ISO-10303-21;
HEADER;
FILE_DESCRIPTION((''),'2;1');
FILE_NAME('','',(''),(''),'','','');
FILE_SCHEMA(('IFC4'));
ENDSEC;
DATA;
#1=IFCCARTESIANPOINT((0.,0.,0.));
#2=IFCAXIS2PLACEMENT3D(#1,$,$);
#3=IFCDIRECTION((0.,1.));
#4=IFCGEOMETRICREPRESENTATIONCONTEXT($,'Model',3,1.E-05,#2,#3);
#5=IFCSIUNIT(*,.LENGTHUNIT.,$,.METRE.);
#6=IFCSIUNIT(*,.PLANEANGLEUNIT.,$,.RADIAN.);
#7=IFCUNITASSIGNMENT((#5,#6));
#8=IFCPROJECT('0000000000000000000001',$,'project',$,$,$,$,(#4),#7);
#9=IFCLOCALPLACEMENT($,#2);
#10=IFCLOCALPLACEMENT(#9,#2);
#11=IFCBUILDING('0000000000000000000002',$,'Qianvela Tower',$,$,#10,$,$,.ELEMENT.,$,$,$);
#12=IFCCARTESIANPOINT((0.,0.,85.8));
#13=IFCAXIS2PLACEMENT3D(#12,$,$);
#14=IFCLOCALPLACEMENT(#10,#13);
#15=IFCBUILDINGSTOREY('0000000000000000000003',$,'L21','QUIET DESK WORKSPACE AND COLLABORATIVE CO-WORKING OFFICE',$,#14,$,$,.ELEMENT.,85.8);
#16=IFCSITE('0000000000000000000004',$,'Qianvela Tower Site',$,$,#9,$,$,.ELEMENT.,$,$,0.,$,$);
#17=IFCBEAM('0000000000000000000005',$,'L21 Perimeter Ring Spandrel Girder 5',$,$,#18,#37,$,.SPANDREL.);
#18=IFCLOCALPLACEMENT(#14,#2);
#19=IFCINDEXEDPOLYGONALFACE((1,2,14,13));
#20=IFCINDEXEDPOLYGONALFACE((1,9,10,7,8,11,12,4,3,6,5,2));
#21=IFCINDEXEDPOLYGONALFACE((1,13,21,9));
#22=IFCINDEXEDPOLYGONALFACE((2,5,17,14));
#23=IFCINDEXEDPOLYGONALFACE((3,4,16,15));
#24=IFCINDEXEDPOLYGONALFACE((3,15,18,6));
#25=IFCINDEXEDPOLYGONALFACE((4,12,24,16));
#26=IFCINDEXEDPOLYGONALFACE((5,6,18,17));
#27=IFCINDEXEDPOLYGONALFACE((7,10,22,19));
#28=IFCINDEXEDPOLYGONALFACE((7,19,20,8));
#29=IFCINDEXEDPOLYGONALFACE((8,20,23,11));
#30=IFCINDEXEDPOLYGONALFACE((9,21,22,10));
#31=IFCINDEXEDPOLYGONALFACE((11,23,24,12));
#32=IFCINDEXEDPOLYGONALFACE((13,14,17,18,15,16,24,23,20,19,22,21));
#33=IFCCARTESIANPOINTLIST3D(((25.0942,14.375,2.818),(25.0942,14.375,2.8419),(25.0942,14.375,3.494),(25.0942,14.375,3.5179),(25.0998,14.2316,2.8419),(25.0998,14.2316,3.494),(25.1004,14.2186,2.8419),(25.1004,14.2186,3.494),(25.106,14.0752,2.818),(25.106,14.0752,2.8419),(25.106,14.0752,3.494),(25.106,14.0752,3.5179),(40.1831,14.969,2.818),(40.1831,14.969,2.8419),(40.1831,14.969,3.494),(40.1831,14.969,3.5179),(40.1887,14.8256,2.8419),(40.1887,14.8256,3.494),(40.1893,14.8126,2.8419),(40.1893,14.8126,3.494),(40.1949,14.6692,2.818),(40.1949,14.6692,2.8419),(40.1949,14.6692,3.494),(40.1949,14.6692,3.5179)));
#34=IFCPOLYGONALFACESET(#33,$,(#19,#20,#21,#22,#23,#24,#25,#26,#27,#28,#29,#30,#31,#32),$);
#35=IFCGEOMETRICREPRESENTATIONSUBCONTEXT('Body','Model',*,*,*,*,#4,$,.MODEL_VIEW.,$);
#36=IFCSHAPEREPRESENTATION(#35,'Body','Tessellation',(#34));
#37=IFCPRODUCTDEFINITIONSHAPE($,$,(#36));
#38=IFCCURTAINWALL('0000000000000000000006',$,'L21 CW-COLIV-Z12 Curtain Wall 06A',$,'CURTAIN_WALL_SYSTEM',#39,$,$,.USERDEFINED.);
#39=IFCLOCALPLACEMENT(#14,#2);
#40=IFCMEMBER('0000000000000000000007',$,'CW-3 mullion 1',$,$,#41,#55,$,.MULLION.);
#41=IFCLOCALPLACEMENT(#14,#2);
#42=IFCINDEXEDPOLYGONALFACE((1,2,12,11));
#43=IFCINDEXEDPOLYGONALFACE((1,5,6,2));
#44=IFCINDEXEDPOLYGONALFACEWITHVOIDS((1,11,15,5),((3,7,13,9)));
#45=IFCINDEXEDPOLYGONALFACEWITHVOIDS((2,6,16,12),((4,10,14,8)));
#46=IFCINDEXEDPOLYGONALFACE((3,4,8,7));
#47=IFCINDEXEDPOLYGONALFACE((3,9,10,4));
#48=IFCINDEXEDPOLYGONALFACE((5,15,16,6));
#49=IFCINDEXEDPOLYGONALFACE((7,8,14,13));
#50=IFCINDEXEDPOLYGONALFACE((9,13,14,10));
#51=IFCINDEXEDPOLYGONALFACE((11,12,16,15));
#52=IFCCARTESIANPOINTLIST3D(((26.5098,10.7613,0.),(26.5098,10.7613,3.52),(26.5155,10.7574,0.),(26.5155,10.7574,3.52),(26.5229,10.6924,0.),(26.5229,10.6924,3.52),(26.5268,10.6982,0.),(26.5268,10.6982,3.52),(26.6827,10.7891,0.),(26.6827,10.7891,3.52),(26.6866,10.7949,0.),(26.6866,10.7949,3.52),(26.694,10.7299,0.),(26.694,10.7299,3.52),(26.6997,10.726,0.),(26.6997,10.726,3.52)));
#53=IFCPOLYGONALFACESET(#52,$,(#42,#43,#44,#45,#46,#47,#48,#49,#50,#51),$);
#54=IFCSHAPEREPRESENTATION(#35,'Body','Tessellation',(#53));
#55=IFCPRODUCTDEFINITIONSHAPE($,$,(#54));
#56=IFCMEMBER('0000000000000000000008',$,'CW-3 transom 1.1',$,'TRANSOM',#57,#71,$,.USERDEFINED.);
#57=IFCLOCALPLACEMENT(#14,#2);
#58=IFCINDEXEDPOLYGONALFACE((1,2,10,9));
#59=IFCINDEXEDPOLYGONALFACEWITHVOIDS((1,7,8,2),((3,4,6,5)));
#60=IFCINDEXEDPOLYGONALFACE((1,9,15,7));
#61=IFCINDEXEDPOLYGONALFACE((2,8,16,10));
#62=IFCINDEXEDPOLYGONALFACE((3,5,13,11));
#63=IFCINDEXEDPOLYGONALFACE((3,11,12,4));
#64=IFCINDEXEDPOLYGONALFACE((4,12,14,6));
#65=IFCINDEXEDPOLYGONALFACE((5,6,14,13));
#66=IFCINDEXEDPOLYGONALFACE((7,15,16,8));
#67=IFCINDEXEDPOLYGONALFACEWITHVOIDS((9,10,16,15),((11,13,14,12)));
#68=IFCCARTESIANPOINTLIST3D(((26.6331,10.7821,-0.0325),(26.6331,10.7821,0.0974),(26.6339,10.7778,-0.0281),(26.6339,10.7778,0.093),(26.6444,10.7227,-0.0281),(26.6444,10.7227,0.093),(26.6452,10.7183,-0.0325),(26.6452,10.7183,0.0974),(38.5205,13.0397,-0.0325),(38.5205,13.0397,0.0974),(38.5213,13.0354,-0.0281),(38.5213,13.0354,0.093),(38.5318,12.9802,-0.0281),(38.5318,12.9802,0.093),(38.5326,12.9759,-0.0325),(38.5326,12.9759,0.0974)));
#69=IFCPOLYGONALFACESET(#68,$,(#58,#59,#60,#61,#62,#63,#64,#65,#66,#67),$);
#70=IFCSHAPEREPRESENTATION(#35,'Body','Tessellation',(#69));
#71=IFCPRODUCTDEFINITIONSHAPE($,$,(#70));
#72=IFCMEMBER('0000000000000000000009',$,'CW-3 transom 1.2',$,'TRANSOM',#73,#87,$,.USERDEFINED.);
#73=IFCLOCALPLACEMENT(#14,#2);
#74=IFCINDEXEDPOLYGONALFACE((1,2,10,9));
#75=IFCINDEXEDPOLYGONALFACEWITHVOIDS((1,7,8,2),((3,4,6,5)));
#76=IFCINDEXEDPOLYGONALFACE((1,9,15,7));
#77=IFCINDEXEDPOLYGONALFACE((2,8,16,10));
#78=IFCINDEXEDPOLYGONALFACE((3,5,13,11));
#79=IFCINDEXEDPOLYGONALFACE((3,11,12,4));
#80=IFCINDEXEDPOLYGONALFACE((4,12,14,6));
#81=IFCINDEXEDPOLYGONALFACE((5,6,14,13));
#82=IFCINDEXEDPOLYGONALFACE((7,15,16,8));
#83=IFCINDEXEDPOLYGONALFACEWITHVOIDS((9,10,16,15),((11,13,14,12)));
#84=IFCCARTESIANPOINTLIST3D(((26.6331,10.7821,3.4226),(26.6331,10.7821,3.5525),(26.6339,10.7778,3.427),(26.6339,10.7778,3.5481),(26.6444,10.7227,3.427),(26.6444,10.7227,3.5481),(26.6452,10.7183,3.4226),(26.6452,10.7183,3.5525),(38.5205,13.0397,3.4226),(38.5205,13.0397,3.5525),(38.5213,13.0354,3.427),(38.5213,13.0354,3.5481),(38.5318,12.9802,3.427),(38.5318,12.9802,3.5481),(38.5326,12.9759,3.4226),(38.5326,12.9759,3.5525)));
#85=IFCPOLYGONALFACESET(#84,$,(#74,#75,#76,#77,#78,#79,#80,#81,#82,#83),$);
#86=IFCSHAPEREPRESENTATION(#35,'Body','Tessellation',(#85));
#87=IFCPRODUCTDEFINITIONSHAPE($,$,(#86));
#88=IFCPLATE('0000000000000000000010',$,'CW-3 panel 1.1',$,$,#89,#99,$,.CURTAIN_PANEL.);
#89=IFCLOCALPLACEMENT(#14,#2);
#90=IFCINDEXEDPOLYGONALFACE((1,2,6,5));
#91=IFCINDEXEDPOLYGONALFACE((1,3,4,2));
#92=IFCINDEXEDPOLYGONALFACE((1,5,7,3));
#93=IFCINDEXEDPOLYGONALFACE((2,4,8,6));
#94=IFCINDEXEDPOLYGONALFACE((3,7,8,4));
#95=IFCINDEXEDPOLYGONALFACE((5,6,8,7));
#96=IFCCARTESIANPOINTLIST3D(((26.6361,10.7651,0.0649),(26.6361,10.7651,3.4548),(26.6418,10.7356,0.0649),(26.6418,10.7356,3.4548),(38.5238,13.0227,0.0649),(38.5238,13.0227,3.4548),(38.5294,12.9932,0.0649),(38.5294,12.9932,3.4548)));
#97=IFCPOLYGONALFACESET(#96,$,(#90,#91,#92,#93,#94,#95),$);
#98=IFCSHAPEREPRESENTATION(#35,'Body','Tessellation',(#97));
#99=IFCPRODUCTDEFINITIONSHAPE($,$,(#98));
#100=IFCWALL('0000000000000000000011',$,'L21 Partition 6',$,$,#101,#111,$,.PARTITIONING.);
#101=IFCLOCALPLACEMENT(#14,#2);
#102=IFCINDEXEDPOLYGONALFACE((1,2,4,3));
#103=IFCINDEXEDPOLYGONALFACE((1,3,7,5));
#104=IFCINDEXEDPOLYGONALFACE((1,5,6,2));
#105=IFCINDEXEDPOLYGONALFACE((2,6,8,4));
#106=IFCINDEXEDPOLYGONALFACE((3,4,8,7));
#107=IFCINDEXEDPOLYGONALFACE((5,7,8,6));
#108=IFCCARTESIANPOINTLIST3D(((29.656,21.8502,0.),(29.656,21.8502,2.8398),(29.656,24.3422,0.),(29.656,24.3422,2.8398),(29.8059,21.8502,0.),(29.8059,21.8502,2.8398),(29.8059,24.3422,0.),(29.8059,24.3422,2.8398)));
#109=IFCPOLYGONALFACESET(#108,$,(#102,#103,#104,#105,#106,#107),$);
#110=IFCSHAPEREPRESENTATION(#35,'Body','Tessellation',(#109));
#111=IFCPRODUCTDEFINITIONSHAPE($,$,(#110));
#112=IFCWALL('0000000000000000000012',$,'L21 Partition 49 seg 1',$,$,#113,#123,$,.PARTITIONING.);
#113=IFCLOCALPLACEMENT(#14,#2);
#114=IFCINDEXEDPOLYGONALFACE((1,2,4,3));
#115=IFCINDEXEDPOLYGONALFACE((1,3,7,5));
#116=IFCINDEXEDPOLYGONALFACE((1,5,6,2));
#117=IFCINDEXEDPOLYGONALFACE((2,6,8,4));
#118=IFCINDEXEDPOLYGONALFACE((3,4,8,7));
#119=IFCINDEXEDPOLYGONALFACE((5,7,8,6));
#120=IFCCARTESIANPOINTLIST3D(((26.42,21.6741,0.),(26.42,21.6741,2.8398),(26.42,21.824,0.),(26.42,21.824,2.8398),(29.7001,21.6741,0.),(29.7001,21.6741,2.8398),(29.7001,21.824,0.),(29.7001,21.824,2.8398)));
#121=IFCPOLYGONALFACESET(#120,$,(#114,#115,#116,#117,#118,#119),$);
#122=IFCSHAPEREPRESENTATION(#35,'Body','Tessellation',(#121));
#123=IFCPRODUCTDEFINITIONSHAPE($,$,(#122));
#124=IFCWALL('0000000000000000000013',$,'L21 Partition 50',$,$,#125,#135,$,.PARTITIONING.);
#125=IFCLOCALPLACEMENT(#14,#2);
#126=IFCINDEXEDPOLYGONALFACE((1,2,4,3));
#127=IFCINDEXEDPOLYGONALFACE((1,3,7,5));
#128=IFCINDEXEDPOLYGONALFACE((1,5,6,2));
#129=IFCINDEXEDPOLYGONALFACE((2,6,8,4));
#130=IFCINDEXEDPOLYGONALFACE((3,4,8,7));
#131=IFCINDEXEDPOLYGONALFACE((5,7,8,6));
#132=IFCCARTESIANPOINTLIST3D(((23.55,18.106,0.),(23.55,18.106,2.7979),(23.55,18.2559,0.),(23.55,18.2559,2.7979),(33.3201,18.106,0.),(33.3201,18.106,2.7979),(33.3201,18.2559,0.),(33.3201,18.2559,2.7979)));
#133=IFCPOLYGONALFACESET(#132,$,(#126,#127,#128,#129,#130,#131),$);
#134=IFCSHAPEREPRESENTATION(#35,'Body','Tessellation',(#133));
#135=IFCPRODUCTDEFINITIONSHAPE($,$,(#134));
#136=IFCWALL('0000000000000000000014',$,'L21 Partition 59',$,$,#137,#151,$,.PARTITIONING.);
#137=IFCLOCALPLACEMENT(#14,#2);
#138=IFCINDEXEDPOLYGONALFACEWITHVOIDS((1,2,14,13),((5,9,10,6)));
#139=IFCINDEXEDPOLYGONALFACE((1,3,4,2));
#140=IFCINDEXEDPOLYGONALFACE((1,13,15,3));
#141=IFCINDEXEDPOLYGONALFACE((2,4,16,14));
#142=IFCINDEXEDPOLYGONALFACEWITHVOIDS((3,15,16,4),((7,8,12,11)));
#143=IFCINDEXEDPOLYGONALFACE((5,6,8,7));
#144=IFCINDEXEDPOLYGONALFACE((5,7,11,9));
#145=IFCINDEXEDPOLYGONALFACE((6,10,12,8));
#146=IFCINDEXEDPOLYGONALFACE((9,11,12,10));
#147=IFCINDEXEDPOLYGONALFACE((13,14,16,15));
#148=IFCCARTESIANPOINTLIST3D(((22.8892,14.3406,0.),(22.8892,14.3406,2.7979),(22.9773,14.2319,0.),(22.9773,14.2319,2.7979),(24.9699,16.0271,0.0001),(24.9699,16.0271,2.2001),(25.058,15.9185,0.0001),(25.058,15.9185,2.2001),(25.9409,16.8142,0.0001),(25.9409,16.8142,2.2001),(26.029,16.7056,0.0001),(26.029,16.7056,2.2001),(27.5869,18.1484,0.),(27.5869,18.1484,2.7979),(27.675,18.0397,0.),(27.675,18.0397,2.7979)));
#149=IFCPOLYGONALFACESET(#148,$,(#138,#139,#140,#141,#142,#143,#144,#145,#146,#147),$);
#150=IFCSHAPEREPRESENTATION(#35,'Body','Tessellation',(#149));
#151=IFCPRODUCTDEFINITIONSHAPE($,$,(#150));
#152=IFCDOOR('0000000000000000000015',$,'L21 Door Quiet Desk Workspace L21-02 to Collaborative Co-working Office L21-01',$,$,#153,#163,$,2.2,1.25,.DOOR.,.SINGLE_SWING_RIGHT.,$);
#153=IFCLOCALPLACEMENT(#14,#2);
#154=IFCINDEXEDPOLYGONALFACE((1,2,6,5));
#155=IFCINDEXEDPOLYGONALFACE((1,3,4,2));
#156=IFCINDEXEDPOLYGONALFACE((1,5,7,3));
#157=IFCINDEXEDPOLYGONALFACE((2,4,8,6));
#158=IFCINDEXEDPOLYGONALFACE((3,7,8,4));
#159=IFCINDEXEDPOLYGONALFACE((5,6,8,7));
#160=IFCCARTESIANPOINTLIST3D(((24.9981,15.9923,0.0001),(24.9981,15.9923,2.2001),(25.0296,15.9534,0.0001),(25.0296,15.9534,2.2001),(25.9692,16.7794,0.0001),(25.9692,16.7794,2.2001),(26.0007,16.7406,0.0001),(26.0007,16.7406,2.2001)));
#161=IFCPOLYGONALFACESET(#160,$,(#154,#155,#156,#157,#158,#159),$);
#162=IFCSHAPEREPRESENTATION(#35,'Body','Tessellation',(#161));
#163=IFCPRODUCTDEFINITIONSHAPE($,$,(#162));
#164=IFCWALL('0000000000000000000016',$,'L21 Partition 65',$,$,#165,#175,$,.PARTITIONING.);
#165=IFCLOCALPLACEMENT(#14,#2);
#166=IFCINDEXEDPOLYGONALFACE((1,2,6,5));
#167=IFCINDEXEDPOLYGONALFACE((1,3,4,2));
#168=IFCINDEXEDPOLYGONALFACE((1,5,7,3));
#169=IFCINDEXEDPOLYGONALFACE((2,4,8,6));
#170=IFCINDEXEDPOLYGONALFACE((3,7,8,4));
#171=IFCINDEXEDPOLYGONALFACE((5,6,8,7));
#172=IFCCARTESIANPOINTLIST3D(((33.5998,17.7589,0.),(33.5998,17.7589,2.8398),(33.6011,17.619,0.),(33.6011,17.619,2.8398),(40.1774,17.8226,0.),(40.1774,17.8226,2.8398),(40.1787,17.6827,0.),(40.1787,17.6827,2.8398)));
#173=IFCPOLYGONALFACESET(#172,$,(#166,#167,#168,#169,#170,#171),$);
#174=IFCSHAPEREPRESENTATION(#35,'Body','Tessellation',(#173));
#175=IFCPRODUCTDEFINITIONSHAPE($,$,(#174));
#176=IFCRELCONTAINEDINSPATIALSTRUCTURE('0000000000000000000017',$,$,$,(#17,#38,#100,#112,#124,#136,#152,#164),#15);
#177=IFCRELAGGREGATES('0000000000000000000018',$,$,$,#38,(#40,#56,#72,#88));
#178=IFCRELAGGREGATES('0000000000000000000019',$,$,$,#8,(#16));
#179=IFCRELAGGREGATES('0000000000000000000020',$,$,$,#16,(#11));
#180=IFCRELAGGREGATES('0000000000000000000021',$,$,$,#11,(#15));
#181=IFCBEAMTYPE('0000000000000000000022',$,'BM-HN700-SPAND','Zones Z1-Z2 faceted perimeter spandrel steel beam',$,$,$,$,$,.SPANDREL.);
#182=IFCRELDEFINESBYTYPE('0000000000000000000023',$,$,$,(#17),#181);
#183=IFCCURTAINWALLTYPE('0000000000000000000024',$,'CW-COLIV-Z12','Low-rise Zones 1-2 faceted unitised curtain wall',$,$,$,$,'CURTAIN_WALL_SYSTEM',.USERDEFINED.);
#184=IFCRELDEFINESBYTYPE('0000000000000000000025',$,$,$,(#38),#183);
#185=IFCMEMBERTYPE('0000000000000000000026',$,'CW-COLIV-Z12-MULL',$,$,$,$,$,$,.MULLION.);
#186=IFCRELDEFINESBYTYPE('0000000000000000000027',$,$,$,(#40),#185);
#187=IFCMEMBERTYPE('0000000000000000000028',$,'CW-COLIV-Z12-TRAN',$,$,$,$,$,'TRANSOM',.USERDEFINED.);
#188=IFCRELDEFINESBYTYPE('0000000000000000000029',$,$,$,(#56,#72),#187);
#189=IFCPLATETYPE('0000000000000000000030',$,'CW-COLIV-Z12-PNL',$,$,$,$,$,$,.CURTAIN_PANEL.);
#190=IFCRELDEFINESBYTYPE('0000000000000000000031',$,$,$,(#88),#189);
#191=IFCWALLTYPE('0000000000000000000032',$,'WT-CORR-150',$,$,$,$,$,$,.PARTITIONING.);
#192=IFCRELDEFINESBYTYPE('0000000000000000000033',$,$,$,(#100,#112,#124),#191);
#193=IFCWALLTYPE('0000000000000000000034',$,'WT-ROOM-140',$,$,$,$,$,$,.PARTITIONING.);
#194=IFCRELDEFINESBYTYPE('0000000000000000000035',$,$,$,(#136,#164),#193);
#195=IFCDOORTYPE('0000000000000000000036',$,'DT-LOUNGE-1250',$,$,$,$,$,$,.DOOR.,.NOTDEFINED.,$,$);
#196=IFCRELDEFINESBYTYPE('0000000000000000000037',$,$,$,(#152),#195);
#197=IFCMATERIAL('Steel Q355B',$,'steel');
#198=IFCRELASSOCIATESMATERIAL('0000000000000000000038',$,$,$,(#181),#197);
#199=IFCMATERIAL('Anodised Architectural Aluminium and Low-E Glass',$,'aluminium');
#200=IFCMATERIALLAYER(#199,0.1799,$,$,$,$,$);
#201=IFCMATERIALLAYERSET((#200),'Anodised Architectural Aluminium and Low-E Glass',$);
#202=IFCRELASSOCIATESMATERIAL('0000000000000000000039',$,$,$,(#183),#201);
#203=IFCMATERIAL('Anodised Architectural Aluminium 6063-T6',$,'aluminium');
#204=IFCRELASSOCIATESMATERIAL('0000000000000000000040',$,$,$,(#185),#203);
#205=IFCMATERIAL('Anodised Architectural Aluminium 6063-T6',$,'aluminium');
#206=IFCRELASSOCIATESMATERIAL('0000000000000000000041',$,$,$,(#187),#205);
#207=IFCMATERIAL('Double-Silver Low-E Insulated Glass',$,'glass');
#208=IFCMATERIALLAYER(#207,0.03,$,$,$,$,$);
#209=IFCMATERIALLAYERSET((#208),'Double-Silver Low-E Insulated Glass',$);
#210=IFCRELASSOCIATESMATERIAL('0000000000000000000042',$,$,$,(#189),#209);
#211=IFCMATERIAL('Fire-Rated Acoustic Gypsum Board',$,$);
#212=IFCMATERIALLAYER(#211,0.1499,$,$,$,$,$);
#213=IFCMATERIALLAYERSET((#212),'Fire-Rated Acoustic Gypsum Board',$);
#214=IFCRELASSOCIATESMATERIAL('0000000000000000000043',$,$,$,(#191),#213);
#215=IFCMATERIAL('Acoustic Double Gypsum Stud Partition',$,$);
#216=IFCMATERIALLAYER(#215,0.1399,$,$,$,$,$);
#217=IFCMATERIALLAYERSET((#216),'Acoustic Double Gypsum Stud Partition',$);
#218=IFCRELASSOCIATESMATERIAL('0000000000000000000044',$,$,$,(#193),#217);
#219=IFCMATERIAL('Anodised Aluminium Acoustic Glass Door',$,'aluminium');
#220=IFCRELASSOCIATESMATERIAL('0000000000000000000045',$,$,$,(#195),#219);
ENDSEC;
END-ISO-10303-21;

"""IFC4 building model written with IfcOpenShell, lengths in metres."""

from ifc_helpers import new_model, si_unit, direction, frame, frame_2d, origin, origin_2d, place, context, subcontext, project, spatial, rectangle, hollow_rectangle, i_section, extrude, material, layer, layer_set, material_profile, profile_set, type_object, element, fill, aggregate, save


model = new_model("IFC4")

# Units and contexts
model_context = context("Model", 3, precision=1e-05, world=origin(), true_north=direction((0.0, 1.0)))
body_context = subcontext(model_context, "Body", "Model", "MODEL_VIEW")
ifc_project = project(units=[si_unit("LENGTHUNIT", "METRE"), si_unit("PLANEANGLEUNIT", "RADIAN")], contexts=[model_context])

# Site, building, storey
site_placement = place(None, origin())
site = spatial("IfcSite", under=ifc_project, at=site_placement, Name="Qianvela Tower Site", CompositionType="ELEMENT", RefElevation=0.0)
building_placement = place(site_placement, origin())
building = spatial("IfcBuilding", under=site, at=building_placement, Name="Qianvela Tower", CompositionType="ELEMENT")
storey_placement = place(building_placement, frame((0.0, 0.0, 85.8)))
storey = spatial("IfcBuildingStorey", under=building, at=storey_placement, Name="L21", Description="QUIET DESK WORKSPACE AND COLLABORATIVE CO-WORKING OFFICE", CompositionType="ELEMENT", Elevation=85.8)

# Beam
ifc_material_1 = material(Name="Steel Q355B", Category="steel")
ifc_material_profile_1 = material_profile(ifc_material_1, i_section(OverallWidth=0.3, OverallDepth=0.7, WebThickness=0.0129, FlangeThickness=0.0239, at=origin_2d()), Name="HN700x300x13x24")
ifc_profile_set_1 = profile_set([ifc_material_profile_1], Name="Steel Q355B")
beam_type_1 = type_object("IfcBeamType", Name="BM-HN700-SPAND", Description="Zones Z1-Z2 faceted perimeter spandrel steel beam", PredefinedType="SPANDREL", material=ifc_profile_set_1)
beam_1_placement = place(storey_placement, frame((25.1001, 14.2251, 3.168), z_axis=(0.999226, 0.039336, 0.0), x_axis=(-0.039336, 0.999226, 0.0)))
element("IfcBeam", 1, at=beam_1_placement, inside=storey, type_object=beam_type_1, Name="L21 Perimeter Ring Spandrel Girder 5", PredefinedType="SPANDREL", context=body_context, shape_type="SweptSolid", body=[
    extrude(i_section(OverallWidth=0.3, OverallDepth=0.7, WebThickness=0.0129, FlangeThickness=0.0239, at=origin_2d()), origin(), (0.0, 0.0, 1.0), 15.1006),
])

# Curtain wall, members, plate
ifc_material_2 = material(Name="Anodised Architectural Aluminium and Low-E Glass", Category="aluminium")
ifc_layer_1 = layer(ifc_material_2, 0.1799)
ifc_layer_set_1 = layer_set([ifc_layer_1], Name="Anodised Architectural Aluminium and Low-E Glass")
curtain_wall_type = type_object("IfcCurtainWallType", Name="CW-COLIV-Z12", Description="Low-rise Zones 1-2 faceted unitised curtain wall", ElementType="CURTAIN_WALL_SYSTEM", PredefinedType="USERDEFINED", material=ifc_layer_set_1)
curtain_wall_placement = place(storey_placement, origin())
curtain_wall = element("IfcCurtainWall", 2, at=curtain_wall_placement, inside=storey, type_object=curtain_wall_type, Name="L21 CW-COLIV-Z12 Curtain Wall 06A", ObjectType="CURTAIN_WALL_SYSTEM", PredefinedType="USERDEFINED")
ifc_material_3 = material(Name="Anodised Architectural Aluminium 6063-T6", Category="aluminium")
ifc_material_profile_2 = material_profile(ifc_material_3, hollow_rectangle(XDim=0.0701, YDim=0.1799, WallThickness=0.0049, at=origin_2d()), Name="ALU-MULL-70x180")
ifc_profile_set_2 = profile_set([ifc_material_profile_2], Name="Anodised Architectural Aluminium 6063-T6")
member_type_1 = type_object("IfcMemberType", Name="CW-COLIV-Z12-MULL", PredefinedType="MULLION", material=ifc_profile_set_2)
member_1_placement = place(storey_placement, frame((26.6047, 10.7437, 0.0), z_axis=(0.0, 0.0, 1.0), x_axis=(-0.186576, 0.98244, 0.0)))
member_1 = element("IfcMember", 3, at=member_1_placement, type_object=member_type_1, Name="CW-3 mullion 1", PredefinedType="MULLION", context=body_context, shape_type="SweptSolid", body=[
    extrude(hollow_rectangle(XDim=0.0701, YDim=0.1799, WallThickness=0.0049, at=origin_2d()), origin(), (0.0, 0.0, 1.0), 3.52),
])
ifc_material_4 = material(Name="Anodised Architectural Aluminium 6063-T6", Category="aluminium")
ifc_material_profile_3 = material_profile(ifc_material_4, hollow_rectangle(XDim=0.0649, YDim=0.1299, WallThickness=0.0044, at=origin_2d()), Name="ALU-TRAN-65x130")
ifc_profile_set_3 = profile_set([ifc_material_profile_3], Name="Anodised Architectural Aluminium 6063-T6")
member_type_2 = type_object("IfcMemberType", Name="CW-COLIV-Z12-TRAN", ElementType="TRANSOM", PredefinedType="USERDEFINED", material=ifc_profile_set_3)
member_2_placement = place(storey_placement, frame((26.6392, 10.7502, 0.0325), z_axis=(0.98244, 0.186577, 0.0), x_axis=(-0.186577, 0.98244, 0.0)))
member_2 = element("IfcMember", 4, at=member_2_placement, type_object=member_type_2, Name="CW-3 transom 1.1", ObjectType="TRANSOM", PredefinedType="USERDEFINED", context=body_context, shape_type="SweptSolid", body=[
    extrude(hollow_rectangle(XDim=0.0649, YDim=0.1299, WallThickness=0.0044, at=origin_2d()), origin(), (0.0, 0.0, 1.0), 12.0999),
])
member_3_placement = place(storey_placement, frame((26.6392, 10.7502, 3.4875), z_axis=(0.98244, 0.186577, 0.0), x_axis=(-0.186577, 0.98244, 0.0)))
member_3 = element("IfcMember", 5, at=member_3_placement, type_object=member_type_2, Name="CW-3 transom 1.2", ObjectType="TRANSOM", PredefinedType="USERDEFINED", context=body_context, shape_type="SweptSolid", body=[
    extrude(hollow_rectangle(XDim=0.0649, YDim=0.1299, WallThickness=0.0044, at=origin_2d()), origin(), (0.0, 0.0, 1.0), 12.0999),
])
ifc_material_5 = material(Name="Double-Silver Low-E Insulated Glass", Category="glass")
ifc_layer_2 = layer(ifc_material_5, 0.03)
ifc_layer_set_2 = layer_set([ifc_layer_2], Name="Double-Silver Low-E Insulated Glass")
plate_type = type_object("IfcPlateType", Name="CW-COLIV-Z12-PNL", PredefinedType="CURTAIN_PANEL", material=ifc_layer_set_2)
plate_placement = place(storey_placement, frame((32.5828, 11.8792, 0.0649), z_axis=(0.0, 0.0, 1.0), x_axis=(0.98244, 0.186576, 0.0)))
plate = element("IfcPlate", 6, at=plate_placement, type_object=plate_type, Name="CW-3 panel 1.1", PredefinedType="CURTAIN_PANEL", context=body_context, shape_type="SweptSolid", body=[
    extrude(rectangle(XDim=12.1001, YDim=0.03, at=origin_2d()), origin(), (0.0, 0.0, 1.0), 3.3899),
])
aggregate(curtain_wall, [member_1, member_2, member_3, plate])

# Shared definitions
ifc_material_6 = material(Name="Fire-Rated Acoustic Gypsum Board")
ifc_layer_3 = layer(ifc_material_6, 0.1499)
ifc_layer_set_3 = layer_set([ifc_layer_3], Name="Fire-Rated Acoustic Gypsum Board")
wall_type_1 = type_object("IfcWallType", Name="WT-CORR-150", PredefinedType="PARTITIONING", material=ifc_layer_set_3)

# Walls
wall_1_placement = place(storey_placement, frame((29.731, 21.8501, 0.0), z_axis=(0.0, 0.0, 1.0), x_axis=(0.0, 1.0, 0.0)))
element("IfcWall", 7, at=wall_1_placement, inside=storey, type_object=wall_type_1, Name="L21 Partition 6", PredefinedType="PARTITIONING", context=body_context, shape_type="SweptSolid", body=[
    extrude(rectangle(XDim=2.4919, YDim=0.1499, at=frame_2d((1.2461, 0.0))), origin(), (0.0, 0.0, 1.0), 2.8398),
])
wall_2_placement = place(storey_placement, frame((26.4199, 21.749, 0.0), z_axis=(0.0, 0.0, 1.0), x_axis=(1.0, 0.0, 0.0)))
element("IfcWall", 8, at=wall_2_placement, inside=storey, type_object=wall_type_1, Name="L21 Partition 49 seg 1", PredefinedType="PARTITIONING", context=body_context, shape_type="SweptSolid", body=[
    extrude(rectangle(XDim=3.28, YDim=0.1499, at=frame_2d((1.6401, 0.0))), origin(), (0.0, 0.0, 1.0), 2.8398),
])
wall_3_placement = place(storey_placement, frame((33.3201, 18.1809, 0.0), z_axis=(0.0, 0.0, 1.0), x_axis=(-1.0, 0.0, 0.0)))
element("IfcWall", 9, at=wall_3_placement, inside=storey, type_object=wall_type_1, Name="L21 Partition 50", PredefinedType="PARTITIONING", context=body_context, shape_type="SweptSolid", body=[
    extrude(rectangle(XDim=9.77, YDim=0.1499, at=frame_2d((4.885, 0.0))), origin(), (0.0, 0.0, 1.0), 2.7979),
])

# Wall, opening, door
ifc_material_7 = material(Name="Acoustic Double Gypsum Stud Partition")
ifc_layer_4 = layer(ifc_material_7, 0.1399)
ifc_layer_set_4 = layer_set([ifc_layer_4], Name="Acoustic Double Gypsum Stud Partition")
wall_type_2 = type_object("IfcWallType", Name="WT-ROOM-140", PredefinedType="PARTITIONING", material=ifc_layer_set_4)
wall_4_placement = place(storey_placement, frame((27.6309, 18.094, 0.0), z_axis=(0.0, 0.0, 1.0), x_axis=(-0.776847, -0.629689, 0.0)))
wall_4 = element("IfcWall", 10, at=wall_4_placement, inside=storey, type_object=wall_type_2, Name="L21 Partition 59", PredefinedType="PARTITIONING", context=body_context, shape_type="SweptSolid", body=[
    extrude(rectangle(XDim=6.0471, YDim=0.1399, at=frame_2d((3.0234, 0.0))), origin(), (0.0, 0.0, 1.0), 2.7979),
])
opening_1_placement = place(wall_4_placement, frame((2.1187, 0.0, 0.0)))
opening_1 = element("IfcOpeningElement", 11, at=opening_1_placement, cuts=wall_4, PredefinedType="OPENING", context=body_context, shape_type="SweptSolid", body=[
    extrude(rectangle(XDim=1.25, YDim=2.2, at=frame_2d((0.625, 1.1001))), frame((0.0, 0.0798, 0.0), z_axis=(0.0, -1.0, 0.0), x_axis=(1.0, 0.0, 0.0)), (0.0, 0.0, 1.0), 0.1599),
])
ifc_material_8 = material(Name="Anodised Aluminium Acoustic Glass Door", Category="aluminium")
door_type_1 = type_object("IfcDoorType", Name="DT-LOUNGE-1250", OperationType="NOTDEFINED", PredefinedType="DOOR", material=ifc_material_8)
door_1_placement = place(opening_1_placement, origin())
door_1 = element("IfcDoor", 12, at=door_1_placement, inside=storey, type_object=door_type_1, Name="L21 Door Quiet Desk Workspace L21-02 to Collaborative Co-working Office L21-01", OperationType="SINGLE_SWING_RIGHT", OverallHeight=2.2, OverallWidth=1.25, PredefinedType="DOOR", context=body_context, shape_type="SweptSolid", body=[
    extrude(rectangle(XDim=1.25, YDim=2.2, at=frame_2d((0.625, 1.1001))), frame((0.0, 0.0249, 0.0), z_axis=(0.0, -1.0, 0.0), x_axis=(1.0, 0.0, 0.0)), (0.0, 0.0, 1.0), 0.05),
])
fill(opening_1, door_1)

# Wall
wall_5_placement = place(storey_placement, frame((33.6003, 17.689, 0.0), z_axis=(0.0, 0.0, 1.0), x_axis=(0.999953, 0.009687, 0.0)))
element("IfcWall", 13, at=wall_5_placement, inside=storey, type_object=wall_type_2, Name="L21 Partition 65", PredefinedType="PARTITIONING", context=body_context, shape_type="SweptSolid", body=[
    extrude(rectangle(XDim=6.5779, YDim=0.1399, at=frame_2d((3.2891, 0.0))), origin(), (0.0, 0.0, 1.0), 2.8398),
])

save(model, "model.ifc")
